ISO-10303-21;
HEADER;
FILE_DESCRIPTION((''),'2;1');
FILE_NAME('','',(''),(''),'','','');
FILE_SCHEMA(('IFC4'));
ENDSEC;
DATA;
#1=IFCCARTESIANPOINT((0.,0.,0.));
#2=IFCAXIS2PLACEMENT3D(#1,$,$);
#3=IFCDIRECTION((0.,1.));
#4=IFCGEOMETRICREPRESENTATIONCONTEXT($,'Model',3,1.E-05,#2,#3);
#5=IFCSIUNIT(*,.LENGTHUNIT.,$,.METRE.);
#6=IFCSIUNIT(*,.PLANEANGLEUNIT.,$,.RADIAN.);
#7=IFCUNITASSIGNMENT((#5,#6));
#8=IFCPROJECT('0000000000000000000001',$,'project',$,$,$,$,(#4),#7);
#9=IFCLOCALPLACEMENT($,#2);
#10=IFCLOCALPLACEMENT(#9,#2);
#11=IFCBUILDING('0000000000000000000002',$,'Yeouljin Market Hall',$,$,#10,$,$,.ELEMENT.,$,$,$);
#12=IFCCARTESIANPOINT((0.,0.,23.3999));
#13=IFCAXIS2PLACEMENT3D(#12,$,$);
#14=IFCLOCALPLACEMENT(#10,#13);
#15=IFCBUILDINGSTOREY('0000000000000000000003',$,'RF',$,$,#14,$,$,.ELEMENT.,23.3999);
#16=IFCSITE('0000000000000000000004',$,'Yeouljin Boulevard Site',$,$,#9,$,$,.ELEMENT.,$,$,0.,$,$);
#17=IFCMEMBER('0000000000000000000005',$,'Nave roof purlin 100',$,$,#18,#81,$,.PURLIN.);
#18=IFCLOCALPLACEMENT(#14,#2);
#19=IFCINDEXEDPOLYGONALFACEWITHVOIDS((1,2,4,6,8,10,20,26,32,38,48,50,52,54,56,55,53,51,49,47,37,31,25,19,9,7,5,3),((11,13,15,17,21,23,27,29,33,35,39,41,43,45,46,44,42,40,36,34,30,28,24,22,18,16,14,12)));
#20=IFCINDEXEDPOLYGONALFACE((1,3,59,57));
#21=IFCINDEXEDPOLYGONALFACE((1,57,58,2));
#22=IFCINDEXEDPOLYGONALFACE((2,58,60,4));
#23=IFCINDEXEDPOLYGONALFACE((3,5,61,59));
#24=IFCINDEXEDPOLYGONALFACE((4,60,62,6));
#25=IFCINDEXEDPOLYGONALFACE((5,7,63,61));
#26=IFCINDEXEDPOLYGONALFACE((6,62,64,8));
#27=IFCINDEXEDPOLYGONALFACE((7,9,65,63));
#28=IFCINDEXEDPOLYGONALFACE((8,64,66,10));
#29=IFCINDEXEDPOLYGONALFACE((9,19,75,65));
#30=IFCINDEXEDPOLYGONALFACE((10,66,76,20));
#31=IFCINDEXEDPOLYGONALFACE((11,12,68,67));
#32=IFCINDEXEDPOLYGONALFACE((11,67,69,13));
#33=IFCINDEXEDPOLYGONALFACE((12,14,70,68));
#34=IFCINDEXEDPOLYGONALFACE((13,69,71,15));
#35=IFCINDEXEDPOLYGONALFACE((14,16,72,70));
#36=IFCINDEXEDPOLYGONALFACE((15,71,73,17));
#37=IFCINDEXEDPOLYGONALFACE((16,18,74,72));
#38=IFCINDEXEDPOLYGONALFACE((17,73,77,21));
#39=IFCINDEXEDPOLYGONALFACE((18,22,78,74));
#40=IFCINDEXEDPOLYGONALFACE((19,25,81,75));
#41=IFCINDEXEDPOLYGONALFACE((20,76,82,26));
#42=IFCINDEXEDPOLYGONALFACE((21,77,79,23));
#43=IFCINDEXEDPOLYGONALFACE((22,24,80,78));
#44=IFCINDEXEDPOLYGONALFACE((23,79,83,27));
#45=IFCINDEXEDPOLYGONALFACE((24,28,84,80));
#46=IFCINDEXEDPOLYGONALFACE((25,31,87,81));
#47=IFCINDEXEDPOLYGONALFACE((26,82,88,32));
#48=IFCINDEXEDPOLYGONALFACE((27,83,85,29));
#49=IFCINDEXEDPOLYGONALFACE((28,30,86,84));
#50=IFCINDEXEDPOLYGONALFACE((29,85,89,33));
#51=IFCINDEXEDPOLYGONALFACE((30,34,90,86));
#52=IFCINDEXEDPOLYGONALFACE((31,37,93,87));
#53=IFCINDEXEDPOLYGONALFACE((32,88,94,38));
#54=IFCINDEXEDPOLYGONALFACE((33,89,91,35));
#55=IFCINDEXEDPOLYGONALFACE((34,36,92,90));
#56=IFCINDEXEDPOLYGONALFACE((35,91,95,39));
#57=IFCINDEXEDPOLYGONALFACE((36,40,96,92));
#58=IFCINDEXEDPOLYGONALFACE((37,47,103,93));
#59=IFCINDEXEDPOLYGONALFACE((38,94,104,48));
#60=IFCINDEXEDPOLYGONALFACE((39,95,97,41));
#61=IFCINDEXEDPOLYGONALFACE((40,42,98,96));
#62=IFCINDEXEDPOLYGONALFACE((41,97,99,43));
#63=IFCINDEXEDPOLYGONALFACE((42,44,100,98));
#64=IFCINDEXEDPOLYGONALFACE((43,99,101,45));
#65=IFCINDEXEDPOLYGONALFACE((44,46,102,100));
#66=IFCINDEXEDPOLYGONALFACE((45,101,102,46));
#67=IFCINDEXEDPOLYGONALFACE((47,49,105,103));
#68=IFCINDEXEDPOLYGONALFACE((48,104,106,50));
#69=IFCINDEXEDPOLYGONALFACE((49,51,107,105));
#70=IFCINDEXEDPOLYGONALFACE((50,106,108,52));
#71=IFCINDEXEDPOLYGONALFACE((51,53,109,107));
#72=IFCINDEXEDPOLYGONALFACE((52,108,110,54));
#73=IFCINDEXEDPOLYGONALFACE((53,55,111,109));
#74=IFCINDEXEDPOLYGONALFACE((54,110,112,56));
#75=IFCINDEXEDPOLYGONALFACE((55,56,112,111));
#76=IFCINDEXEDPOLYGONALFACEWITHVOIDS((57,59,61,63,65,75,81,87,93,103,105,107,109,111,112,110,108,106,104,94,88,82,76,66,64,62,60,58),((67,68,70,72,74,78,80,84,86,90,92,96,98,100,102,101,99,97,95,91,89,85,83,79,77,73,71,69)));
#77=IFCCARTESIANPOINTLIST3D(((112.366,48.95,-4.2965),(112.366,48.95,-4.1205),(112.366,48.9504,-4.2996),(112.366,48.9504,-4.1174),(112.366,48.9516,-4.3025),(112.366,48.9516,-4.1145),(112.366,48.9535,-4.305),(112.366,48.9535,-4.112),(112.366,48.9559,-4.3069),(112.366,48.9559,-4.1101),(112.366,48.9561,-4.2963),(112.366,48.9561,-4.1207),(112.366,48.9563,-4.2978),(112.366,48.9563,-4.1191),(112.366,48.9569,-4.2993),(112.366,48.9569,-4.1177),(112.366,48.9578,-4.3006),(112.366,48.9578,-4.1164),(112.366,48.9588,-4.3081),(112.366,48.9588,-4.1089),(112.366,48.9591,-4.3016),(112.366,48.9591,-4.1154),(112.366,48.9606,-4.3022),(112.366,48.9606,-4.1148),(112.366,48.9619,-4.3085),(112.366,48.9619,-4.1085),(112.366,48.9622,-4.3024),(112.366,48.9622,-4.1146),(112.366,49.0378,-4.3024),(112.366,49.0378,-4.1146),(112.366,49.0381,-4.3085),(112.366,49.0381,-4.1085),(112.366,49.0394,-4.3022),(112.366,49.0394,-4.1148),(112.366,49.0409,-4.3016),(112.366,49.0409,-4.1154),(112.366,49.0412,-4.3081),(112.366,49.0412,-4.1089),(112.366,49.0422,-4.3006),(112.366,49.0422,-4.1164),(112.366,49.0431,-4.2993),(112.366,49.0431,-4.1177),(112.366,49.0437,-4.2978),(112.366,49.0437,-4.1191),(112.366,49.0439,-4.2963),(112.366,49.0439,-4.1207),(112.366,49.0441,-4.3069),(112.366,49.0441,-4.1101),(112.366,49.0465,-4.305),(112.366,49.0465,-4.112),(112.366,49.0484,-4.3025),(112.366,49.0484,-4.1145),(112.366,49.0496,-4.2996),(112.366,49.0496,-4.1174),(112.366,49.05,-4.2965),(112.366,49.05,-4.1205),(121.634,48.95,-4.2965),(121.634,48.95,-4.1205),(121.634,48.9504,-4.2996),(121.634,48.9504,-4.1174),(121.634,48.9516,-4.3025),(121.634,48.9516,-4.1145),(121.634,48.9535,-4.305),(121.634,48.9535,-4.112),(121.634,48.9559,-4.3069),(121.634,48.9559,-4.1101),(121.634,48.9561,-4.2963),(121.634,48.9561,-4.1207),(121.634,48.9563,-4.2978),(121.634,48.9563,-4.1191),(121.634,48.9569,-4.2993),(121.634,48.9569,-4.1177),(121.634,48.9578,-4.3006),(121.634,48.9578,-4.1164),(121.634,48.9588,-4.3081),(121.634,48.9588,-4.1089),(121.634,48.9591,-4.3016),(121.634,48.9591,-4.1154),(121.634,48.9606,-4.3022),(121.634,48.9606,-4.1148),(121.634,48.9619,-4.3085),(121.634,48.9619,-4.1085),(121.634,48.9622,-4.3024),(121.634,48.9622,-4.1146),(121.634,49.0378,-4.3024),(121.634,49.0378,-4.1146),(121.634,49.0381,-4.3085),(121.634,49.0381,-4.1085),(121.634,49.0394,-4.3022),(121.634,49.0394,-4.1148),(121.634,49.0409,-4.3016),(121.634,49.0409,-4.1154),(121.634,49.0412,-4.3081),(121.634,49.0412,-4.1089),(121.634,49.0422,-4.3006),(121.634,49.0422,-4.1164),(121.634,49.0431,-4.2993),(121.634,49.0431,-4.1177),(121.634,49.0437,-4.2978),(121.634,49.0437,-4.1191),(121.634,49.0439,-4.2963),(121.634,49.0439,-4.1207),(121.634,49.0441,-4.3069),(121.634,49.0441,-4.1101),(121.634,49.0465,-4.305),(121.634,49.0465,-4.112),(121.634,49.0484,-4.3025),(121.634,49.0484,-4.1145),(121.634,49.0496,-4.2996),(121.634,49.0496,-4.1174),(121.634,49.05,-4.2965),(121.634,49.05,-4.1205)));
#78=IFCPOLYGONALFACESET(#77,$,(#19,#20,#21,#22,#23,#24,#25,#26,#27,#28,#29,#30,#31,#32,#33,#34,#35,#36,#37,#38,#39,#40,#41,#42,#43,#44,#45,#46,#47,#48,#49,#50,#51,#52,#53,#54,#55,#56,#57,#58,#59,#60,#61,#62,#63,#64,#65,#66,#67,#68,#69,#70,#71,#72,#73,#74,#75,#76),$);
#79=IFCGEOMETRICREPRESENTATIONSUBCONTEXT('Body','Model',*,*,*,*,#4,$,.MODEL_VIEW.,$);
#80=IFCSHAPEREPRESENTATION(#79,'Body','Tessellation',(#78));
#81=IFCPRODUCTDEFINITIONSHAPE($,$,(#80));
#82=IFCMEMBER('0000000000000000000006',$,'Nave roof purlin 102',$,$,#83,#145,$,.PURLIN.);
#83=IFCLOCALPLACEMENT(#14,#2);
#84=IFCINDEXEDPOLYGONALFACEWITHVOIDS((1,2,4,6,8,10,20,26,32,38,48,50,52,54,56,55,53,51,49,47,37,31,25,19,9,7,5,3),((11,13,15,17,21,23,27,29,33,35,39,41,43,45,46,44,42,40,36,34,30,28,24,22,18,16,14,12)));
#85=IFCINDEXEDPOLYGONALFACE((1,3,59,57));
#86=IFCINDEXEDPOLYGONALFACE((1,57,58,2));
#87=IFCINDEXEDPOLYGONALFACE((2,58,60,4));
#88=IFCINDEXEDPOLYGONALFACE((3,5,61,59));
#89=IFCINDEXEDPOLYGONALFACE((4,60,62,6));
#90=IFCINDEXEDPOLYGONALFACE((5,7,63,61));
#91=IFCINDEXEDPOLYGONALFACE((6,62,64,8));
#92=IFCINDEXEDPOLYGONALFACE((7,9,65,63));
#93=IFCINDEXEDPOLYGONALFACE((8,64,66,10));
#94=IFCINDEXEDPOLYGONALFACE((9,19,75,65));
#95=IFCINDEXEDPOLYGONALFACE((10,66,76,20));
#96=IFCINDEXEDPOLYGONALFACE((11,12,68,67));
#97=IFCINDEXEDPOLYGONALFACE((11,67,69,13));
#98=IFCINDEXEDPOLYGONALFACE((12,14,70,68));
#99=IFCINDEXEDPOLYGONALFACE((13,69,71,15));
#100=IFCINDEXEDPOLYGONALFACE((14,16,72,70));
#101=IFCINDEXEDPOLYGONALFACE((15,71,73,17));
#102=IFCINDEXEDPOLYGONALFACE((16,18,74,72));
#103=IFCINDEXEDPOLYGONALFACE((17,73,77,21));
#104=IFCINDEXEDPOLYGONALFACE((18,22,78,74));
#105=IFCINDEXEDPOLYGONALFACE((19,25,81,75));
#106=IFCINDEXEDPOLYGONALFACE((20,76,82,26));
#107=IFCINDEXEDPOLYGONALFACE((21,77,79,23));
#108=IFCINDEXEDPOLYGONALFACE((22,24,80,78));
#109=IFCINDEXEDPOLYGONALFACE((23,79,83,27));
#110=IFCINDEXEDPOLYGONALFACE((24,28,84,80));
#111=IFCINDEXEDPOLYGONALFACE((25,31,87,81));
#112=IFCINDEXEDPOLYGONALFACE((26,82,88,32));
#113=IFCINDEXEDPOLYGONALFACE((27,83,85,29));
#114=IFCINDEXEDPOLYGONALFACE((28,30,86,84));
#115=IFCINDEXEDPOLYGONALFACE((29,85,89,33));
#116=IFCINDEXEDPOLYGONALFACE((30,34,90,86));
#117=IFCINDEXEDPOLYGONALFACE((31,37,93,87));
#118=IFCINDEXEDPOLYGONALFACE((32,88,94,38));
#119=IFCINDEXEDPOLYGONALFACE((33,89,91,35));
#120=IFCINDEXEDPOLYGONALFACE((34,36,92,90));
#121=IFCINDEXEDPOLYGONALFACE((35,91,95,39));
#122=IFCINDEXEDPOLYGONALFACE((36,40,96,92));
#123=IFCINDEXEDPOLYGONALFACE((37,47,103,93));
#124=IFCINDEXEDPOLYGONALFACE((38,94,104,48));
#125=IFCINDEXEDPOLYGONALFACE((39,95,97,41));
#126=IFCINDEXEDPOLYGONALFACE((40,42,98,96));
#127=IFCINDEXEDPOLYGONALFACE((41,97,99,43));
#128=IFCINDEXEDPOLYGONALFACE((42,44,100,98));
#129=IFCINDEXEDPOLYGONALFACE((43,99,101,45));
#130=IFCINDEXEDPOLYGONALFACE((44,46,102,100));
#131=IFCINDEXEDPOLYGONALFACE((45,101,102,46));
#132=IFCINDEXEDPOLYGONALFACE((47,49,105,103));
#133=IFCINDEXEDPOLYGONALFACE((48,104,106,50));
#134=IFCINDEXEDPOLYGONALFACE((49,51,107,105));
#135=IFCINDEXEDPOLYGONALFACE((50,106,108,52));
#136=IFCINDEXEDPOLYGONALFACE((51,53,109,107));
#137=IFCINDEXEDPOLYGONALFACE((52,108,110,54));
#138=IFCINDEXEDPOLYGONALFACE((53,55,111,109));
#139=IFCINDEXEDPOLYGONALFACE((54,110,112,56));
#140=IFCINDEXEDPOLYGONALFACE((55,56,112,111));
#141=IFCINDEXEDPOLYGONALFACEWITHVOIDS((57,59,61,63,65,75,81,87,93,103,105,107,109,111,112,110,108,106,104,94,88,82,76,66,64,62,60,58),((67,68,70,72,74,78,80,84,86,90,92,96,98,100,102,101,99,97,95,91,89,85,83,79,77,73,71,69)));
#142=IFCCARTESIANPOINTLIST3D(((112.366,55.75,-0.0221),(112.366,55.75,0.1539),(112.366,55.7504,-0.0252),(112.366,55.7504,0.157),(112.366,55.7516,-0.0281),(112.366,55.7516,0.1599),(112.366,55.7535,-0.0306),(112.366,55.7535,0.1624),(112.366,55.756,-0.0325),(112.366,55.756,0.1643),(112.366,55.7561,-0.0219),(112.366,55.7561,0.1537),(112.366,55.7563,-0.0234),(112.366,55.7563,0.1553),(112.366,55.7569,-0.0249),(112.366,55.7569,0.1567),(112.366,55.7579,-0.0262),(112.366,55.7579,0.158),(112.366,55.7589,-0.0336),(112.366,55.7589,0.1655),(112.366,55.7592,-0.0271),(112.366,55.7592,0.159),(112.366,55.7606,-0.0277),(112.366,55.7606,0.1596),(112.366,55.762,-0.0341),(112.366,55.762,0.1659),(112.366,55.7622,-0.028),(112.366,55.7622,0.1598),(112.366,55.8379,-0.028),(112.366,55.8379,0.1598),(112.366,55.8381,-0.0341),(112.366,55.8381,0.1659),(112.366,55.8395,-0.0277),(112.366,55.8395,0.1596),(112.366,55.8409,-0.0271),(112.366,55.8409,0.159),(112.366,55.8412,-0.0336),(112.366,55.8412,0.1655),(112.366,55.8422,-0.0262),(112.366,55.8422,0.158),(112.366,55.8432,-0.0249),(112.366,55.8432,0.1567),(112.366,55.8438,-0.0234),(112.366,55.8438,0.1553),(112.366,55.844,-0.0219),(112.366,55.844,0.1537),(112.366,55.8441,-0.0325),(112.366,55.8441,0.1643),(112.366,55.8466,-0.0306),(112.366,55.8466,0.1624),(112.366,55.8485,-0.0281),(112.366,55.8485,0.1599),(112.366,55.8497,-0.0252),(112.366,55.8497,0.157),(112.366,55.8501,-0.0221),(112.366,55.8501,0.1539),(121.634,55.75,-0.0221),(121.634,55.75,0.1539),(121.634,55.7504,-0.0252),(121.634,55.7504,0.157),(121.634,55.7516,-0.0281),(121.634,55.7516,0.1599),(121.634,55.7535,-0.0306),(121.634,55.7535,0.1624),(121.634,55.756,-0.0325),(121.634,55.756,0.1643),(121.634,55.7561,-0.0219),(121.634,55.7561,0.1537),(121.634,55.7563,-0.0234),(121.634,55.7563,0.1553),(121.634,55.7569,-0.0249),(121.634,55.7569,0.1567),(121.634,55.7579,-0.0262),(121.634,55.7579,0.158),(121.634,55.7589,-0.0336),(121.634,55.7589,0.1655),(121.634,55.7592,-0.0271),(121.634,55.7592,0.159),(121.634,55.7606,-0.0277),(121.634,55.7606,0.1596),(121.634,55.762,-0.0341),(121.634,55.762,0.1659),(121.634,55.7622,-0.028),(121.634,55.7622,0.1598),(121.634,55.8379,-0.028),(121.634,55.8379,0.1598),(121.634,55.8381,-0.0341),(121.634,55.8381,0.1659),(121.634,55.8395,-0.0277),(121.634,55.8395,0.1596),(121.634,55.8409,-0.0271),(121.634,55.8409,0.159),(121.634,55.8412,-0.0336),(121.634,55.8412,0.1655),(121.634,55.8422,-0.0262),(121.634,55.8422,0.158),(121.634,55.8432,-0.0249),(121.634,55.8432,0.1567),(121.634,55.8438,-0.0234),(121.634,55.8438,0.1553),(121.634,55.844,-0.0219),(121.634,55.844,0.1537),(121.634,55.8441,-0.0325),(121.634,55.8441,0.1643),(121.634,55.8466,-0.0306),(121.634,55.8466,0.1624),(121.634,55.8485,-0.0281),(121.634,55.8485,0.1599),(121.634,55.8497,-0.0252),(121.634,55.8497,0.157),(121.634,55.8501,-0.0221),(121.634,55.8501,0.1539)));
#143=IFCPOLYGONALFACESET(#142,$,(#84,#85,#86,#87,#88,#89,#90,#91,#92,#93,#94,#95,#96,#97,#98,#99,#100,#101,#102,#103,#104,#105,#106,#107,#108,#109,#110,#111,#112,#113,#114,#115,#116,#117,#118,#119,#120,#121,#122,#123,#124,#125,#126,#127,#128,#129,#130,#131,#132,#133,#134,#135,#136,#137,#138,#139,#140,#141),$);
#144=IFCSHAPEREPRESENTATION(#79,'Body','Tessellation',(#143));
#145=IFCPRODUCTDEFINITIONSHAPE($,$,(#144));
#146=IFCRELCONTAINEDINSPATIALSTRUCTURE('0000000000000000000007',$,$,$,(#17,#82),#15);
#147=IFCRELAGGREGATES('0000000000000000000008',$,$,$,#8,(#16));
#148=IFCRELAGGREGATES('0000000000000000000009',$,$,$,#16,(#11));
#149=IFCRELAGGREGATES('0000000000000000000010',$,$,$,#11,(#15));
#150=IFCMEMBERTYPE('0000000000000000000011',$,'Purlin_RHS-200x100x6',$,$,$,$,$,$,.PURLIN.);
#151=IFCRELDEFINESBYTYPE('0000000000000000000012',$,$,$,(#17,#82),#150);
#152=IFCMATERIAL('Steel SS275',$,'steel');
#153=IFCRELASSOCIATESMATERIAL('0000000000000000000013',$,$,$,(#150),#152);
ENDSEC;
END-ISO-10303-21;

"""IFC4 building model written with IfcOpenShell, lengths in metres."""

from ifc_helpers import new_model, si_unit, direction, frame, origin, origin_2d, place, context, subcontext, project, spatial, hollow_rectangle, extrude, material, material_profile, profile_set, type_object, element, save


model = new_model("IFC4")

# Units and contexts
model_context = context("Model", 3, precision=1e-05, world=origin(), true_north=direction((0.0, 1.0)))
body_context = subcontext(model_context, "Body", "Model", "MODEL_VIEW")
ifc_project = project(units=[si_unit("LENGTHUNIT", "METRE"), si_unit("PLANEANGLEUNIT", "RADIAN")], contexts=[model_context])

# Site, building, storey
site_placement = place(None, origin())
site = spatial("IfcSite", under=ifc_project, at=site_placement, Name="Yeouljin Boulevard Site", CompositionType="ELEMENT", RefElevation=0.0)
building_placement = place(site_placement, origin())
building = spatial("IfcBuilding", under=site, at=building_placement, Name="Yeouljin Market Hall", CompositionType="ELEMENT")
storey_placement = place(building_placement, frame((0.0, 0.0, 23.3999)))
storey = spatial("IfcBuildingStorey", under=building, at=storey_placement, Name="RF", CompositionType="ELEMENT", Elevation=23.3999)

# Members
ifc_material_1 = material(Name="Steel SS275", Category="steel")
ifc_material_profile_1 = material_profile(ifc_material_1, hollow_rectangle(XDim=0.1001, YDim=0.2, WallThickness=0.0061, InnerFilletRadius=0.0061, OuterFilletRadius=0.012, at=origin_2d()), Name="RHS-200x100x6")
ifc_profile_set_1 = profile_set([ifc_material_profile_1], Name="Steel SS275")
member_type_1 = type_object("IfcMemberType", Name="Purlin_RHS-200x100x6", PredefinedType="PURLIN", material=ifc_profile_set_1)
for number, where, z_axis, x_axis, name in (
    (1, (112.366, 49.0, -4.2085), (1.0, 0.0, 0.0), (0.0, 1.0, 0.0), "Nave roof purlin 100"),
    (2, (112.366, 55.8, 0.0659), (1.0, 0.0, 0.0), (0.0, 1.0, 0.0), "Nave roof purlin 102"),
):
    element("IfcMember", number, at=place(storey_placement, frame(where, z_axis=z_axis, x_axis=x_axis)), inside=storey, type_object=member_type_1, Name=name, PredefinedType="PURLIN", context=body_context, shape_type="SweptSolid", body=[
        extrude(hollow_rectangle(XDim=0.1001, YDim=0.2, WallThickness=0.0061, InnerFilletRadius=0.0061, OuterFilletRadius=0.012, at=origin_2d()), origin(), (0.0, 0.0, 1.0), 9.2681),
    ])

save(model, "model.ifc")
